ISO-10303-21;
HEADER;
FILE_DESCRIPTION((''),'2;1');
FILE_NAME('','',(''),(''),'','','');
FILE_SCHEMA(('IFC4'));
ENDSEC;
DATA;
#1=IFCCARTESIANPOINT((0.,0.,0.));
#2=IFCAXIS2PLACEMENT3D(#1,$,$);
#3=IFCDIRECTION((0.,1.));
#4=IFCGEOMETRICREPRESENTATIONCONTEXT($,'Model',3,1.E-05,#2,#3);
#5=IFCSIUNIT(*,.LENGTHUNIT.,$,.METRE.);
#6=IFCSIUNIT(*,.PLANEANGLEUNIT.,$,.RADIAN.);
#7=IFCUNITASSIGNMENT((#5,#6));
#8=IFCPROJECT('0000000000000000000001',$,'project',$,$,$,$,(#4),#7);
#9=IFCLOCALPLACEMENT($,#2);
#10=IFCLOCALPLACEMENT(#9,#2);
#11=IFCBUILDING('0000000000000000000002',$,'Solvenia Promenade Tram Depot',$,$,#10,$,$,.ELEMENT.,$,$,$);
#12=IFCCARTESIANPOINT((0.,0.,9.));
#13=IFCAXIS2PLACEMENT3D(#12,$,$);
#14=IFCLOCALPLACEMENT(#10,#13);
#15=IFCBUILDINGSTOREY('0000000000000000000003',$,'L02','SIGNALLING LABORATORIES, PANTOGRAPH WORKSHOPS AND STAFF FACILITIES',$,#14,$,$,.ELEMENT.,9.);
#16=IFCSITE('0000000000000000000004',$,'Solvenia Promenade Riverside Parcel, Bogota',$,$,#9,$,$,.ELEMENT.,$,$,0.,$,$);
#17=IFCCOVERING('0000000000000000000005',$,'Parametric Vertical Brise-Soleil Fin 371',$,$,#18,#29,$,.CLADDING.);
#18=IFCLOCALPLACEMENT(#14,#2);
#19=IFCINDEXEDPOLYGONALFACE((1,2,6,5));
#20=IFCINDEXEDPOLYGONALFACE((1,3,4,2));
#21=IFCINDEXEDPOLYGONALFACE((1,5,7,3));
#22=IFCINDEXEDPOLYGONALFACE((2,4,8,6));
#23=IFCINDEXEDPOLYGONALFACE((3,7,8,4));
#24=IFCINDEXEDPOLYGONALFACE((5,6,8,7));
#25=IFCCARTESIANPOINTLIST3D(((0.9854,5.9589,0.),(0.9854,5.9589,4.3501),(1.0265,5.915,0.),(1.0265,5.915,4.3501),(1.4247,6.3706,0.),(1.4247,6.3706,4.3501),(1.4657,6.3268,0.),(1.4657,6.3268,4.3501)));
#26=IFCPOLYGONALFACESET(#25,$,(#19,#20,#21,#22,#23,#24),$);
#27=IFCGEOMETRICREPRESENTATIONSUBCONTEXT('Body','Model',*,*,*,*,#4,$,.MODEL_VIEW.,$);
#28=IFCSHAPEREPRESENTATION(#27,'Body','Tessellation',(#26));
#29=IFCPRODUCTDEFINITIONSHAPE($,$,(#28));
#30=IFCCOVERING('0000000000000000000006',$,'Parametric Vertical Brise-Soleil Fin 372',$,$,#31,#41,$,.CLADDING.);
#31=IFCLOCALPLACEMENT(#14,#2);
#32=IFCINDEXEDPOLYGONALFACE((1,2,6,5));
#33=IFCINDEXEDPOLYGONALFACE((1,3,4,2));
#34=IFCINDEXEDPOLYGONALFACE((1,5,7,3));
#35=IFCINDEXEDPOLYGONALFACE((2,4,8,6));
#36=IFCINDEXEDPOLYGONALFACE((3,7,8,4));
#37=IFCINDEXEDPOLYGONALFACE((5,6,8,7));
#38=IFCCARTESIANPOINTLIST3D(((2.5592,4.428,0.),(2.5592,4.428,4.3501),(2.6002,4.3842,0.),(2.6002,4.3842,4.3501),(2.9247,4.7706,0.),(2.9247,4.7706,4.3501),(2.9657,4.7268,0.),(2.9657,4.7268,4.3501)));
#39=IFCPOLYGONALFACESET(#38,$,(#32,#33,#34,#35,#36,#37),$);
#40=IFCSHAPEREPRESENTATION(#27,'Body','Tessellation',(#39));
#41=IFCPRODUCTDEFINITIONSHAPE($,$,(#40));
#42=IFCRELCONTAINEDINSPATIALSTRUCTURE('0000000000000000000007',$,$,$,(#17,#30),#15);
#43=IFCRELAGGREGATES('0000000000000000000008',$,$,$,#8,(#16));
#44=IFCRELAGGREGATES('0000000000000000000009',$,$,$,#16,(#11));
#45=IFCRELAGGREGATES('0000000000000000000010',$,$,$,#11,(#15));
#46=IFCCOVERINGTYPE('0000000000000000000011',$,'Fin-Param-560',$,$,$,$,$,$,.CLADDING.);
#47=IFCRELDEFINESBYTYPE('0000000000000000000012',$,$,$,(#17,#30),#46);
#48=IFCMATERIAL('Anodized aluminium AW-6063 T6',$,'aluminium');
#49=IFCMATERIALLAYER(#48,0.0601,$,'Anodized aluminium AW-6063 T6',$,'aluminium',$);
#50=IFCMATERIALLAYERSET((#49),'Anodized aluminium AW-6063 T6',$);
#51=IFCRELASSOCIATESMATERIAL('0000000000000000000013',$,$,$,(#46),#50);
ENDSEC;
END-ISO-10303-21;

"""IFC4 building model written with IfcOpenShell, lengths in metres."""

from ifc_helpers import new_model, si_unit, direction, frame, origin, origin_2d, place, context, subcontext, project, spatial, rectangle, extrude, material, layer, layer_set, type_object, element, save


model = new_model("IFC4")

# Units and contexts
model_context = context("Model", 3, precision=1e-05, world=origin(), true_north=direction((0.0, 1.0)))
body_context = subcontext(model_context, "Body", "Model", "MODEL_VIEW")
ifc_project = project(units=[si_unit("LENGTHUNIT", "METRE"), si_unit("PLANEANGLEUNIT", "RADIAN")], contexts=[model_context])

# Site, building, storey
site_placement = place(None, origin())
site = spatial("IfcSite", under=ifc_project, at=site_placement, Name="Solvenia Promenade Riverside Parcel, Bogota", CompositionType="ELEMENT", RefElevation=0.0)
building_placement = place(site_placement, origin())
building = spatial("IfcBuilding", under=site, at=building_placement, Name="Solvenia Promenade Tram Depot", CompositionType="ELEMENT")
storey_placement = place(building_placement, frame((0.0, 0.0, 9.0)))
storey = spatial("IfcBuildingStorey", under=building, at=storey_placement, Name="L02", Description="SIGNALLING LABORATORIES, PANTOGRAPH WORKSHOPS AND STAFF FACILITIES", CompositionType="ELEMENT", Elevation=9.0)

# Shared definitions
ifc_material_1 = material(Name="Anodized aluminium AW-6063 T6", Category="aluminium")

# Coverings
ifc_layer_1 = layer(ifc_material_1, 0.0601, Name="Anodized aluminium AW-6063 T6", Category="aluminium")
ifc_layer_set_1 = layer_set([ifc_layer_1], Name="Anodized aluminium AW-6063 T6")
covering_type = type_object("IfcCoveringType", Name="Fin-Param-560", PredefinedType="CLADDING", material=ifc_layer_set_1)
covering_1_placement = place(storey_placement, frame((1.2256, 6.1428, 0.0), z_axis=(0.0, 0.0, 1.0), x_axis=(0.683911, -0.729566, 0.0)))
element("IfcCovering", 1, at=covering_1_placement, inside=storey, type_object=covering_type, Name="Parametric Vertical Brise-Soleil Fin 371", PredefinedType="CLADDING", context=body_context, shape_type="SweptSolid", body=[
    extrude(rectangle(XDim=0.0601, YDim=0.6021, at=origin_2d()), origin(), (0.0, 0.0, 1.0), 4.3501),
])
covering_2_placement = place(storey_placement, frame((2.7625, 4.5774, 0.0), z_axis=(0.0, 0.0, 1.0), x_axis=(0.683911, -0.729566, 0.0)))
element("IfcCovering", 2, at=covering_2_placement, inside=storey, type_object=covering_type, Name="Parametric Vertical Brise-Soleil Fin 372", PredefinedType="CLADDING", context=body_context, shape_type="SweptSolid", body=[
    extrude(rectangle(XDim=0.0601, YDim=0.501, at=origin_2d()), origin(), (0.0, 0.0, 1.0), 4.3501),
])

save(model, "model.ifc")
